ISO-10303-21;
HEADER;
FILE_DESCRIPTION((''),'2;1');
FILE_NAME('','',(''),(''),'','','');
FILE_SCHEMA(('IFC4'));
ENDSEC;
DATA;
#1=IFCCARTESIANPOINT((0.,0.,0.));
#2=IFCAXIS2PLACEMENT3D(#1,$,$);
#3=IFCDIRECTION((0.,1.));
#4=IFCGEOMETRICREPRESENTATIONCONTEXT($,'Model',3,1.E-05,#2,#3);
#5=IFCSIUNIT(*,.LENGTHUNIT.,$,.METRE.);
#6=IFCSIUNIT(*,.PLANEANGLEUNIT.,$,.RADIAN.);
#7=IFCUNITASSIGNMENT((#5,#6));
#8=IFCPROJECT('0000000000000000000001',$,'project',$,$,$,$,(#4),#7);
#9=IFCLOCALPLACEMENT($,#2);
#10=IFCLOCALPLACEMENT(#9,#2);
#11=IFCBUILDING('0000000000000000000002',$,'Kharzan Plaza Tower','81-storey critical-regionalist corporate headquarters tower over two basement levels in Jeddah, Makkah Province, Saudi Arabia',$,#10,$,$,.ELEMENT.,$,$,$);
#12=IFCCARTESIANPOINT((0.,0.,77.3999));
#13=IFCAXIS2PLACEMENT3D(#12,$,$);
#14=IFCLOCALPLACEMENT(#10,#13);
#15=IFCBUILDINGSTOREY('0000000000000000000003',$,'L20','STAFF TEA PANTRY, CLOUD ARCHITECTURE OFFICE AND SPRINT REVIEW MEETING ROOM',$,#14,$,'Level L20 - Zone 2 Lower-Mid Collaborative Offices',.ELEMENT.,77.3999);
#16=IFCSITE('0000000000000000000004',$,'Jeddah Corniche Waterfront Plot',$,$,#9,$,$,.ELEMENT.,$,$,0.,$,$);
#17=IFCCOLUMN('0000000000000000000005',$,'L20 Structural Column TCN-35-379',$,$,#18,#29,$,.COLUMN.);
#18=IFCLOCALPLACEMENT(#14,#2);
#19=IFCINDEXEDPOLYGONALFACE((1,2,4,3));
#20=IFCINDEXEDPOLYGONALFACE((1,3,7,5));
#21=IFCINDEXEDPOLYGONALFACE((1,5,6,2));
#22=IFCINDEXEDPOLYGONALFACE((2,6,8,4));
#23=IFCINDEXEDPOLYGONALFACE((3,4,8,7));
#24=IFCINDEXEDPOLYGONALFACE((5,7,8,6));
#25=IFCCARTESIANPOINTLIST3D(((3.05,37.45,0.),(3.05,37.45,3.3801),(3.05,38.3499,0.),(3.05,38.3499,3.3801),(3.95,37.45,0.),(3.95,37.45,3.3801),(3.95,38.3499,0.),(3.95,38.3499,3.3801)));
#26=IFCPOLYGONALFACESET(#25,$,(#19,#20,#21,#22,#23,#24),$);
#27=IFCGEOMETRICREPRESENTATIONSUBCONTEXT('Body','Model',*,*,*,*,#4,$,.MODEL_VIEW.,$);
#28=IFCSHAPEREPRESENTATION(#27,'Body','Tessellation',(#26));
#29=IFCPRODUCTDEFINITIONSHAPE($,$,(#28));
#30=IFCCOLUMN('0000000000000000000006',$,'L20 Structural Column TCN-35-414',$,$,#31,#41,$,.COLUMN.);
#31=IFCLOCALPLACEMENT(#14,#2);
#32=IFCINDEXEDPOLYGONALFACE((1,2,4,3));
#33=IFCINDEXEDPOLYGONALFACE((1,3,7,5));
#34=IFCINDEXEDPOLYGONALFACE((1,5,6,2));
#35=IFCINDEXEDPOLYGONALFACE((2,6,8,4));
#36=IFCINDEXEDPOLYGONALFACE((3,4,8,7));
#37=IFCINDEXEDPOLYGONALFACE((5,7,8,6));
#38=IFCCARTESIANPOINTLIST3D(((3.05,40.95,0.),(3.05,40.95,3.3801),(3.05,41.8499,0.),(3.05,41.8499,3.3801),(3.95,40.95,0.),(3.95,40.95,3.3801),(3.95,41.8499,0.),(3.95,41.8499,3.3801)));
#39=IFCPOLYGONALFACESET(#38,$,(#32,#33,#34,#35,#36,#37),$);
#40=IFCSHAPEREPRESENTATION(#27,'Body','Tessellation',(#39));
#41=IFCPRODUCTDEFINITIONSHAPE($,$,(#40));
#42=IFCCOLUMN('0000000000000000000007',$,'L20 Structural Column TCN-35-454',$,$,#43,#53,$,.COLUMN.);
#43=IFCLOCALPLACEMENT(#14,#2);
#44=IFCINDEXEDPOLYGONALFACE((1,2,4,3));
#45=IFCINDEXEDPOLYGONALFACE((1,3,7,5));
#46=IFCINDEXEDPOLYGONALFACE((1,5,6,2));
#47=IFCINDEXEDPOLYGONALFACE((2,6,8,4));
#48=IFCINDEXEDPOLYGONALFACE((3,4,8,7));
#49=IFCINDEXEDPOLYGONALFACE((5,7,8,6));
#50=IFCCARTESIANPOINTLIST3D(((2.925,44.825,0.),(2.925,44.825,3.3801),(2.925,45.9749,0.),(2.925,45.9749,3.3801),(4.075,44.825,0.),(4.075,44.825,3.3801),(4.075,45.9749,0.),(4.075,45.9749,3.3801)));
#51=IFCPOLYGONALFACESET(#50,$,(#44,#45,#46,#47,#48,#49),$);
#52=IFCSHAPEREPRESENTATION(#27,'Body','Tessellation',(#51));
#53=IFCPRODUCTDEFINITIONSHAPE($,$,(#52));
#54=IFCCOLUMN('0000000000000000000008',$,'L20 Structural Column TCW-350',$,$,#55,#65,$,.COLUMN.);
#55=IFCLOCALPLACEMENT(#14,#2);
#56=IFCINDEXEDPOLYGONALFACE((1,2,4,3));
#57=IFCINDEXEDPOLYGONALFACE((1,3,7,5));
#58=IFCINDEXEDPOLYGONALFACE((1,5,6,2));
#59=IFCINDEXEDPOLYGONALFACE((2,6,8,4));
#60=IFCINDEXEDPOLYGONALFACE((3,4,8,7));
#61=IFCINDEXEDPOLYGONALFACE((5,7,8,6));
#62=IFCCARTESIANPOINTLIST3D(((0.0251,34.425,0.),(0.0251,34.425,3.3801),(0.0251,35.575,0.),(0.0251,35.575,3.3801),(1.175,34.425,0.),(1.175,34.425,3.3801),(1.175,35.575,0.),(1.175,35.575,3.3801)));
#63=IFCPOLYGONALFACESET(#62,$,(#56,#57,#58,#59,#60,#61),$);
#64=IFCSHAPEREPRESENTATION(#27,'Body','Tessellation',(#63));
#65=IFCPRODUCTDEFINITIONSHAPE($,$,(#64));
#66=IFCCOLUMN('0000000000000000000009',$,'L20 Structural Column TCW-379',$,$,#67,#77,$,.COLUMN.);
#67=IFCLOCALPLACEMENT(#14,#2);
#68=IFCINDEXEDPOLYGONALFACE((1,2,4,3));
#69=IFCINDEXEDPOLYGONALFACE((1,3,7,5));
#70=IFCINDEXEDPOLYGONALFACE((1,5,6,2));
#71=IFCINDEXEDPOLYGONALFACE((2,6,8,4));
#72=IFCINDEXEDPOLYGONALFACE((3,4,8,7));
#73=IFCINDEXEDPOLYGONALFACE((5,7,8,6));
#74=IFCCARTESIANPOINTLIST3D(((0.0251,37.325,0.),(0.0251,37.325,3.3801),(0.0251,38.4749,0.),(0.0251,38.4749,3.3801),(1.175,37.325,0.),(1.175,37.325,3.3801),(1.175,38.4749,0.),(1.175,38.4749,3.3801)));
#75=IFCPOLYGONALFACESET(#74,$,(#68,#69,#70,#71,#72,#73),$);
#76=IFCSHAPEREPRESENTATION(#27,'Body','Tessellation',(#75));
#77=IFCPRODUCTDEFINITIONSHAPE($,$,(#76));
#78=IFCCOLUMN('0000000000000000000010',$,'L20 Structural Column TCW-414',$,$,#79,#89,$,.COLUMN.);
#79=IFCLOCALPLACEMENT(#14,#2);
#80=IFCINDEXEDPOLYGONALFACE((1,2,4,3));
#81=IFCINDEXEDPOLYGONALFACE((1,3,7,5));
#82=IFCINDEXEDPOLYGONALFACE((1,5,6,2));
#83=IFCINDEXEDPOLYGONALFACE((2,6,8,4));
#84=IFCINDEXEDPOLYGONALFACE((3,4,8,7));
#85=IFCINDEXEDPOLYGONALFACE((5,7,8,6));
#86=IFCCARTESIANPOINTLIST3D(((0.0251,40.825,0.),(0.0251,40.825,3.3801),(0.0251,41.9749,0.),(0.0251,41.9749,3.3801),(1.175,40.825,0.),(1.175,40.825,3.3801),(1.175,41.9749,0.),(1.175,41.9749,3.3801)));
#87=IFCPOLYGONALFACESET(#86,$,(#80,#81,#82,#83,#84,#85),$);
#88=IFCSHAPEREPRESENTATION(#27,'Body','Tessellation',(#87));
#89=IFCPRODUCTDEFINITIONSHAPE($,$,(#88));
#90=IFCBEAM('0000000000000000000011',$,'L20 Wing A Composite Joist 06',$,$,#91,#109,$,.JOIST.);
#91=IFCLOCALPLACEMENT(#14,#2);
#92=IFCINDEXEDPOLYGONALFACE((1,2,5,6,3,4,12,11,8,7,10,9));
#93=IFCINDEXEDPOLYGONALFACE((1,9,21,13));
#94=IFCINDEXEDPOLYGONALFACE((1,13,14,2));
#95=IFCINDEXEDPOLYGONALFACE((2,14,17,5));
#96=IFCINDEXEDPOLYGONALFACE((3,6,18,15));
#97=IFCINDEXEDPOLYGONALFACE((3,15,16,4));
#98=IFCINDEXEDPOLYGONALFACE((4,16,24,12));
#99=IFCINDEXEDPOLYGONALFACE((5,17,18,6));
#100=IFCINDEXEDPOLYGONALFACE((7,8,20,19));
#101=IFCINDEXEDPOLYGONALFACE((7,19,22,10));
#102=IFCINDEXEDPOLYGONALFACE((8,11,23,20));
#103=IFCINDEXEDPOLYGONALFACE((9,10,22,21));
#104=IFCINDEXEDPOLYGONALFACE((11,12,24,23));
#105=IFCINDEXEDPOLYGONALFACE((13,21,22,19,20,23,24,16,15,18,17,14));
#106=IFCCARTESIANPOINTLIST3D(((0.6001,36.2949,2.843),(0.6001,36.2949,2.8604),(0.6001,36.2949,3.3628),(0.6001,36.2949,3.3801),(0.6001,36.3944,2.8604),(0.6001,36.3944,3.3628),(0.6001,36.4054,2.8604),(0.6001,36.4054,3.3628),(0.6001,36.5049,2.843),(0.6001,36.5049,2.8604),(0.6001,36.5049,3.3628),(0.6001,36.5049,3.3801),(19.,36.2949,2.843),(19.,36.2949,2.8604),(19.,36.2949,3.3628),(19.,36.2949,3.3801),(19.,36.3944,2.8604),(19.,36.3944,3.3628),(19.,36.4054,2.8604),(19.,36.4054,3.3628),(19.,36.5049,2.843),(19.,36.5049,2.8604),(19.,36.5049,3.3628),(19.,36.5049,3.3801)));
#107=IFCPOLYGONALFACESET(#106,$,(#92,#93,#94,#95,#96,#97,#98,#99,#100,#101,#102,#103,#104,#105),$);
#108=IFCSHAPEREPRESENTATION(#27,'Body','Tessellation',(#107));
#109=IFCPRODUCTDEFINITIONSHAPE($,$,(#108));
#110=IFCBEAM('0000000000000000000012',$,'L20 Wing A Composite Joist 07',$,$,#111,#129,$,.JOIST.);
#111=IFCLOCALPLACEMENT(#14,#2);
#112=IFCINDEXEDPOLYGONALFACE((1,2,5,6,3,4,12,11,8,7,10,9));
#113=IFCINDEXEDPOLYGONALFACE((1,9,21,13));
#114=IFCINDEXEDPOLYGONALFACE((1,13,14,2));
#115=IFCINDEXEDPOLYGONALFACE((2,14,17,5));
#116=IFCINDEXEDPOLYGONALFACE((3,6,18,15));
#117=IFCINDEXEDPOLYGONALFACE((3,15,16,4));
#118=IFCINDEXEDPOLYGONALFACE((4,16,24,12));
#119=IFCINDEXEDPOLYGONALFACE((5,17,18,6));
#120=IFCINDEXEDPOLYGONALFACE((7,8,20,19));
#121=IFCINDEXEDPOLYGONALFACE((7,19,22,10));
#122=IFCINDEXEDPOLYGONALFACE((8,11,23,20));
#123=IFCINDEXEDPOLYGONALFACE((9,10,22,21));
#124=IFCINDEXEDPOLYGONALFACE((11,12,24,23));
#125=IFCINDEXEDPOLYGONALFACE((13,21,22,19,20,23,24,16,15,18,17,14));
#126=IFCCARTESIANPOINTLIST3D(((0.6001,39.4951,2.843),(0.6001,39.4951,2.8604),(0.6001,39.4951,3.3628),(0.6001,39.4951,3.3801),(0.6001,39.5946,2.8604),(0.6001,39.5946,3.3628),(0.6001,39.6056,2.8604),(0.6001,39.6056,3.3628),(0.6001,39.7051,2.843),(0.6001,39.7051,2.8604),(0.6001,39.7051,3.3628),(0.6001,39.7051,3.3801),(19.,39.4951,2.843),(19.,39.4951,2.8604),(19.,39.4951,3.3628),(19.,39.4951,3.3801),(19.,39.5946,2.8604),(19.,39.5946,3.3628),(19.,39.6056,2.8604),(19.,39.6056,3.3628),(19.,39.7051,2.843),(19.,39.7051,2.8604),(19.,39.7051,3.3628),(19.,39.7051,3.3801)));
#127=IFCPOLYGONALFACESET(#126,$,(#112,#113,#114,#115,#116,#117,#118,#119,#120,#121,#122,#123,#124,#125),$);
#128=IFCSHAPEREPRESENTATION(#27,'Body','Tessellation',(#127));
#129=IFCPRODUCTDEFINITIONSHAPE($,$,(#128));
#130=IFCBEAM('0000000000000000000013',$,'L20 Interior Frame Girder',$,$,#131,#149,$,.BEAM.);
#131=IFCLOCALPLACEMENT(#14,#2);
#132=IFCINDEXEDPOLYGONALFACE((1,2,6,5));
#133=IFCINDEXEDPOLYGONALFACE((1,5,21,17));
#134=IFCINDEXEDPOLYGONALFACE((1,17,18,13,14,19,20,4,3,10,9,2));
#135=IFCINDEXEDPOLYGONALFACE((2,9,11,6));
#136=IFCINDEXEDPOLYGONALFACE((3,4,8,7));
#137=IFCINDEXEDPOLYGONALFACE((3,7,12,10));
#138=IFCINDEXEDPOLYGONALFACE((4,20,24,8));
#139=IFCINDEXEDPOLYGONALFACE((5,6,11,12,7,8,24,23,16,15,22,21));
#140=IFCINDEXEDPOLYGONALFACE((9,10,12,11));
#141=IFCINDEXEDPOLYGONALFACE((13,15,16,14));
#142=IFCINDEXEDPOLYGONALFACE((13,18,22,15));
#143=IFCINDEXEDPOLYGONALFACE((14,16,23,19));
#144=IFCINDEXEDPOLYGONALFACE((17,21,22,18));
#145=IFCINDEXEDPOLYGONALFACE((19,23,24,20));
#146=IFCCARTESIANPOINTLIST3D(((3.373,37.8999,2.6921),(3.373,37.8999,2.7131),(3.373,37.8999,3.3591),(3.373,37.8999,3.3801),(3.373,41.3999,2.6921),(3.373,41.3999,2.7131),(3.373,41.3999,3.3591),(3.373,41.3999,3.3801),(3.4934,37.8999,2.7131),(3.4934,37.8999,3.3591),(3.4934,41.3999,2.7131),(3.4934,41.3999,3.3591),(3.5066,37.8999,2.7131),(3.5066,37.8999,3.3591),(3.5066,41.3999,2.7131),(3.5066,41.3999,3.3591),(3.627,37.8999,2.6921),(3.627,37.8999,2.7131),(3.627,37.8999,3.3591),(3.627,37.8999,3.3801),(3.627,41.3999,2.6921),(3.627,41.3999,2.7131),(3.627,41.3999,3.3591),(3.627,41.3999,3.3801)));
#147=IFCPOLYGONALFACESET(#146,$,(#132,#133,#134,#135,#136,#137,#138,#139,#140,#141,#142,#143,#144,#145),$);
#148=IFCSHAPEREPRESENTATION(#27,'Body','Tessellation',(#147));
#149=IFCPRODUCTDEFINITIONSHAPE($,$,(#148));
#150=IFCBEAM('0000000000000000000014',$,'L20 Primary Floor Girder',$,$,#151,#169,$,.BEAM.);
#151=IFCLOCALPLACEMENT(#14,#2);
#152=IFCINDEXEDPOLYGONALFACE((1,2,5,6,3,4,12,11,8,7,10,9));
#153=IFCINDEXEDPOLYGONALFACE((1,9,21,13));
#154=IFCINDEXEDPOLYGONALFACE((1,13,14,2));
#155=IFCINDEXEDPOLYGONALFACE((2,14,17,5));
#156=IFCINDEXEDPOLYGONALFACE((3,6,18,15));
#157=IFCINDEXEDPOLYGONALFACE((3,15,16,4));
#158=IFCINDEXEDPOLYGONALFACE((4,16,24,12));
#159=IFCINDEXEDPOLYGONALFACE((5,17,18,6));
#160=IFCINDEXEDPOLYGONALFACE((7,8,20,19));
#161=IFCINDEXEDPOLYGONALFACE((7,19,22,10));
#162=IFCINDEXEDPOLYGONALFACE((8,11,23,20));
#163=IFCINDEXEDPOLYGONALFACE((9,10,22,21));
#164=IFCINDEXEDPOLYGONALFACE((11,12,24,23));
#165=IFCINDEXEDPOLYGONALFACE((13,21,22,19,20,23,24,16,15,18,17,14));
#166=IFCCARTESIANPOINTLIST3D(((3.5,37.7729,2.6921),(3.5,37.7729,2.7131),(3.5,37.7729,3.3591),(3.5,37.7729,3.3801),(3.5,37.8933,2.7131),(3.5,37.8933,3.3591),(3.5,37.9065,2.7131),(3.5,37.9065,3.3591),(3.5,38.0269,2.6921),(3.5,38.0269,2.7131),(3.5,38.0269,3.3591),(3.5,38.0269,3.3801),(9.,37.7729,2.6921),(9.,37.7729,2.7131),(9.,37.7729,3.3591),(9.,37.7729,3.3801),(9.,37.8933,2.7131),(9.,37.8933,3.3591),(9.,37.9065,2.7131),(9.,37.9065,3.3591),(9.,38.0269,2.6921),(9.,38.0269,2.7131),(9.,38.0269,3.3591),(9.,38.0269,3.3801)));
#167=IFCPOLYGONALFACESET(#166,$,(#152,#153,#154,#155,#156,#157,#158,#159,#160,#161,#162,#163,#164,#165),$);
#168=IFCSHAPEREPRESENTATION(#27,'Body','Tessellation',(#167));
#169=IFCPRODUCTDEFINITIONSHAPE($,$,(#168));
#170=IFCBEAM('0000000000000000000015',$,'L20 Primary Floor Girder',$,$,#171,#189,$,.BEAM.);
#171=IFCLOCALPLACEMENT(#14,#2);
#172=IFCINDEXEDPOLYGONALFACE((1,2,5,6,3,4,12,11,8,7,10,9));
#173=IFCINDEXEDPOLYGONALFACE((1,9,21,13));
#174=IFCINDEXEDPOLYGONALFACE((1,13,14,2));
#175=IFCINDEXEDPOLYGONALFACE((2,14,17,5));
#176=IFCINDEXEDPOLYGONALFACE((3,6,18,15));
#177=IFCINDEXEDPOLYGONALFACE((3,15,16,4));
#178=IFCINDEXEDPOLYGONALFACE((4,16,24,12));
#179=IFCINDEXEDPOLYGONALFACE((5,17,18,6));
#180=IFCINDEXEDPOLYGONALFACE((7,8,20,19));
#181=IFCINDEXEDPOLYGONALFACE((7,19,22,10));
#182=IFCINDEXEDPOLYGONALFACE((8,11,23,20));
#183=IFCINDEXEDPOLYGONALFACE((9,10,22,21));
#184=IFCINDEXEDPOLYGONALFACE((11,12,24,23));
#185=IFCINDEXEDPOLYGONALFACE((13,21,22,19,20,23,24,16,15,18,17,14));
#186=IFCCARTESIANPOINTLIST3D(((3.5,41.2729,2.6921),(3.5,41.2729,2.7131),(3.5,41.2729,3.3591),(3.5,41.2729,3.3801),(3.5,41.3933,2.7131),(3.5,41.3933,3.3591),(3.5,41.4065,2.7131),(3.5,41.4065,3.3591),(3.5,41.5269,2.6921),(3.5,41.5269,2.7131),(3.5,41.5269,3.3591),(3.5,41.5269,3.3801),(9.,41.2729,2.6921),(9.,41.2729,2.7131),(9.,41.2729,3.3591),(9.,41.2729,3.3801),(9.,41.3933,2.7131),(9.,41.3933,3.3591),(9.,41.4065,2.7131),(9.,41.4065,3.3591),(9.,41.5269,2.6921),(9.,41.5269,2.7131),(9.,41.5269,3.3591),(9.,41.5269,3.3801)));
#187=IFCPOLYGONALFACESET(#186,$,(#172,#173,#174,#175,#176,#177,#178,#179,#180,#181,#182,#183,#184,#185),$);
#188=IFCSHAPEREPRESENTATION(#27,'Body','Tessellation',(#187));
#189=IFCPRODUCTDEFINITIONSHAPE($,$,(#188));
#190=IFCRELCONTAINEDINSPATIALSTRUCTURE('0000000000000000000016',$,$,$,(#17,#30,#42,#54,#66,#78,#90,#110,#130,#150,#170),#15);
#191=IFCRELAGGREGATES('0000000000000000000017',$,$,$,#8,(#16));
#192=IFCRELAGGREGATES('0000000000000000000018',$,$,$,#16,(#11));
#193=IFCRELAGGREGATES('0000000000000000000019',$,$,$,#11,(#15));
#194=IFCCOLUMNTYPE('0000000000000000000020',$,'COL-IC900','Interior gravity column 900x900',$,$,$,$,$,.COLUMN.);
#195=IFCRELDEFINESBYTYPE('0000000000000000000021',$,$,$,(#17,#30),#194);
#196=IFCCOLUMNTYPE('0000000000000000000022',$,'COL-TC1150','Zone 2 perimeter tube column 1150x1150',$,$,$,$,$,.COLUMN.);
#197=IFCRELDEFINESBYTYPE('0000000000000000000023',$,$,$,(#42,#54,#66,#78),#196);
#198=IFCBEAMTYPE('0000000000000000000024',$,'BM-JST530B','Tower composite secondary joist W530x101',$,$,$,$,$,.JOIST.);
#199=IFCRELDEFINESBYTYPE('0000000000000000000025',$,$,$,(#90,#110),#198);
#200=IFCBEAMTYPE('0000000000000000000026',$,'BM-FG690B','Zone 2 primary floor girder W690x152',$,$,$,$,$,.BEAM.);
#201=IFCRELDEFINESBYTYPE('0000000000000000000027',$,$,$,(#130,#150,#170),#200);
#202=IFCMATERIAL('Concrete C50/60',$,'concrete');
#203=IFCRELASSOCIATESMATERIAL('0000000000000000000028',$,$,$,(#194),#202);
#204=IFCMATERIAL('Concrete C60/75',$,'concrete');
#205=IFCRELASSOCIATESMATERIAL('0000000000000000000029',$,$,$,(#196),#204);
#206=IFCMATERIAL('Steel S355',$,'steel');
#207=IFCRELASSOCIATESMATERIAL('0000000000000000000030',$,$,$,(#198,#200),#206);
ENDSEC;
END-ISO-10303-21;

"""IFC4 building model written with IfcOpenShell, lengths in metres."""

from ifc_helpers import new_model, si_unit, direction, frame, origin, origin_2d, place, context, subcontext, project, spatial, rectangle, i_section, extrude, source, transform, mapped, material, material_profile, profile_set, type_object, element, save


model = new_model("IFC4")

# Units and contexts
model_context = context("Model", 3, precision=1e-05, world=origin(), true_north=direction((0.0, 1.0)))
body_context = subcontext(model_context, "Body", "Model", "MODEL_VIEW")
ifc_project = project(units=[si_unit("LENGTHUNIT", "METRE"), si_unit("PLANEANGLEUNIT", "RADIAN")], contexts=[model_context])

# Site, building, storey
site_placement = place(None, origin())
site = spatial("IfcSite", under=ifc_project, at=site_placement, Name="Jeddah Corniche Waterfront Plot", CompositionType="ELEMENT", RefElevation=0.0)
building_placement = place(site_placement, origin())
building = spatial("IfcBuilding", under=site, at=building_placement, Name="Kharzan Plaza Tower", Description="81-storey critical-regionalist corporate headquarters tower over two basement levels in Jeddah, Makkah Province, Saudi Arabia", CompositionType="ELEMENT")
storey_placement = place(building_placement, frame((0.0, 0.0, 77.3999)))
storey = spatial("IfcBuildingStorey", under=building, at=storey_placement, Name="L20", Description="STAFF TEA PANTRY, CLOUD ARCHITECTURE OFFICE AND SPRINT REVIEW MEETING ROOM", LongName="Level L20 - Zone 2 Lower-Mid Collaborative Offices", CompositionType="ELEMENT", Elevation=77.3999)

# Columns
ifc_material_1 = material(Name="Concrete C50/60", Category="concrete")
ifc_material_profile_1 = material_profile(ifc_material_1, rectangle(XDim=0.8999, YDim=0.8999, at=origin_2d()), Name="RC-IC900x900")
ifc_profile_set_1 = profile_set([ifc_material_profile_1], Name="Concrete C50/60")
column_type_1 = type_object("IfcColumnType", Name="COL-IC900", Description="Interior gravity column 900x900", PredefinedType="COLUMN", material=ifc_profile_set_1)
shared_shape_1 = source(origin(), body_context, "Body", "SweptSolid", [
    extrude(rectangle(XDim=0.8999, YDim=0.8999, at=origin_2d()), origin(), (0.0, 0.0, 1.0), 3.3801),
])
for number, where, z_axis, x_axis, name in (
    (1, (3.5, 37.8999, 0.0), (0.0, 0.0, 1.0), (1.0, 0.0, 0.0), "L20 Structural Column TCN-35-379"),
    (2, (3.5, 41.3999, 0.0), (0.0, 0.0, 1.0), (1.0, 0.0, 0.0), "L20 Structural Column TCN-35-414"),
):
    element("IfcColumn", number, at=place(storey_placement, frame(where, z_axis=z_axis, x_axis=x_axis)), inside=storey, type_object=column_type_1, Name=name, PredefinedType="COLUMN", context=body_context, shape_type="MappedRepresentation", body=[
        mapped(shared_shape_1, transform((0.0, 0.0, 0.0), x_axis=(1.0, 0.0, 0.0), y_axis=(0.0, 1.0, 0.0), z_axis=(0.0, 0.0, 1.0))),
    ])
ifc_material_2 = material(Name="Concrete C60/75", Category="concrete")
ifc_material_profile_2 = material_profile(ifc_material_2, rectangle(XDim=1.1499, YDim=1.1499, at=origin_2d()), Name="RC-TC1150x1150")
ifc_profile_set_2 = profile_set([ifc_material_profile_2], Name="Concrete C60/75")
column_type_2 = type_object("IfcColumnType", Name="COL-TC1150", Description="Zone 2 perimeter tube column 1150x1150", PredefinedType="COLUMN", material=ifc_profile_set_2)
shared_shape_2 = source(origin(), body_context, "Body", "SweptSolid", [
    extrude(rectangle(XDim=1.1499, YDim=1.1499, at=origin_2d()), origin(), (0.0, 0.0, 1.0), 3.3801),
])
for number, where, z_axis, x_axis, name in (
    (3, (3.5, 45.3999, 0.0), (0.0, 0.0, 1.0), (1.0, 0.0, 0.0), "L20 Structural Column TCN-35-454"),
    (4, (0.6001, 35.0, 0.0), (0.0, 0.0, 1.0), (1.0, 0.0, 0.0), "L20 Structural Column TCW-350"),
    (5, (0.6001, 37.8999, 0.0), (0.0, 0.0, 1.0), (1.0, 0.0, 0.0), "L20 Structural Column TCW-379"),
    (6, (0.6001, 41.3999, 0.0), (0.0, 0.0, 1.0), (1.0, 0.0, 0.0), "L20 Structural Column TCW-414"),
):
    element("IfcColumn", number, at=place(storey_placement, frame(where, z_axis=z_axis, x_axis=x_axis)), inside=storey, type_object=column_type_2, Name=name, PredefinedType="COLUMN", context=body_context, shape_type="MappedRepresentation", body=[
        mapped(shared_shape_2, transform((0.0, 0.0, 0.0), x_axis=(1.0, 0.0, 0.0), y_axis=(0.0, 1.0, 0.0), z_axis=(0.0, 0.0, 1.0))),
    ])

# Beams
ifc_material_3 = material(Name="Steel S355", Category="steel")
ifc_material_profile_3 = material_profile(ifc_material_3, i_section(OverallWidth=0.21, OverallDepth=0.5371, WebThickness=0.011, FlangeThickness=0.0173, at=origin_2d()), Name="W530x101")
ifc_profile_set_3 = profile_set([ifc_material_profile_3], Name="Steel S355")
beam_type_1 = type_object("IfcBeamType", Name="BM-JST530B", Description="Tower composite secondary joist W530x101", PredefinedType="JOIST", material=ifc_profile_set_3)
shared_shape_3 = source(origin(), body_context, "Body", "SweptSolid", [
    extrude(i_section(OverallWidth=0.21, OverallDepth=0.5371, WebThickness=0.011, FlangeThickness=0.0173, at=origin_2d()), origin(), (0.0, 0.0, 1.0), 18.3999),
])
for number, where, z_axis, x_axis, name in (
    (7, (0.6001, 36.3999, 3.1116), (1.0, 0.0, 0.0), (0.0, 1.0, 0.0), "L20 Wing A Composite Joist 06"),
    (8, (0.6001, 39.6001, 3.1116), (1.0, 0.0, 0.0), (0.0, 1.0, 0.0), "L20 Wing A Composite Joist 07"),
):
    element("IfcBeam", number, at=place(storey_placement, frame(where, z_axis=z_axis, x_axis=x_axis)), inside=storey, type_object=beam_type_1, Name=name, PredefinedType="JOIST", context=body_context, shape_type="MappedRepresentation", body=[
        mapped(shared_shape_3, transform((0.0, 0.0, 0.0), x_axis=(1.0, 0.0, 0.0), y_axis=(0.0, 1.0, 0.0), z_axis=(0.0, 0.0, 1.0))),
    ])
ifc_material_profile_4 = material_profile(ifc_material_3, i_section(OverallWidth=0.2539, OverallDepth=0.688, WebThickness=0.0132, FlangeThickness=0.021, at=origin_2d()), Name="W690x152")
ifc_profile_set_4 = profile_set([ifc_material_profile_4], Name="Steel S355")
beam_type_2 = type_object("IfcBeamType", Name="BM-FG690B", Description="Zone 2 primary floor girder W690x152", PredefinedType="BEAM", material=ifc_profile_set_4)
shared_shape_4 = source(origin(), body_context, "Body", "SweptSolid", [
    extrude(i_section(OverallWidth=0.2539, OverallDepth=0.688, WebThickness=0.0132, FlangeThickness=0.021, at=origin_2d()), origin(), (0.0, 0.0, 1.0), 3.5),
])
beam_1_placement = place(storey_placement, frame((3.5, 37.8999, 3.0361), z_axis=(0.0, 1.0, 0.0), x_axis=(-1.0, 0.0, 0.0)))
element("IfcBeam", 9, at=beam_1_placement, inside=storey, type_object=beam_type_2, Name="L20 Interior Frame Girder", PredefinedType="BEAM", context=body_context, shape_type="MappedRepresentation", body=[
    mapped(shared_shape_4, transform((0.0, 0.0, 0.0), x_axis=(1.0, 0.0, 0.0), y_axis=(0.0, 1.0, 0.0), z_axis=(0.0, 0.0, 1.0))),
])
shared_shape_5 = source(origin(), body_context, "Body", "SweptSolid", [
    extrude(i_section(OverallWidth=0.2539, OverallDepth=0.688, WebThickness=0.0132, FlangeThickness=0.021, at=origin_2d()), origin(), (0.0, 0.0, 1.0), 5.5),
])
for number, where, z_axis, x_axis, name in (
    (10, (3.5, 37.8999, 3.0361), (1.0, 0.0, 0.0), (0.0, 1.0, 0.0), "L20 Primary Floor Girder"),
    (11, (3.5, 41.3999, 3.0361), (1.0, 0.0, 0.0), (0.0, 1.0, 0.0), "L20 Primary Floor Girder"),
):
    element("IfcBeam", number, at=place(storey_placement, frame(where, z_axis=z_axis, x_axis=x_axis)), inside=storey, type_object=beam_type_2, Name=name, PredefinedType="BEAM", context=body_context, shape_type="MappedRepresentation", body=[
        mapped(shared_shape_5, transform((0.0, 0.0, 0.0), x_axis=(1.0, 0.0, 0.0), y_axis=(0.0, 1.0, 0.0), z_axis=(0.0, 0.0, 1.0))),
    ])

save(model, "model.ifc")
